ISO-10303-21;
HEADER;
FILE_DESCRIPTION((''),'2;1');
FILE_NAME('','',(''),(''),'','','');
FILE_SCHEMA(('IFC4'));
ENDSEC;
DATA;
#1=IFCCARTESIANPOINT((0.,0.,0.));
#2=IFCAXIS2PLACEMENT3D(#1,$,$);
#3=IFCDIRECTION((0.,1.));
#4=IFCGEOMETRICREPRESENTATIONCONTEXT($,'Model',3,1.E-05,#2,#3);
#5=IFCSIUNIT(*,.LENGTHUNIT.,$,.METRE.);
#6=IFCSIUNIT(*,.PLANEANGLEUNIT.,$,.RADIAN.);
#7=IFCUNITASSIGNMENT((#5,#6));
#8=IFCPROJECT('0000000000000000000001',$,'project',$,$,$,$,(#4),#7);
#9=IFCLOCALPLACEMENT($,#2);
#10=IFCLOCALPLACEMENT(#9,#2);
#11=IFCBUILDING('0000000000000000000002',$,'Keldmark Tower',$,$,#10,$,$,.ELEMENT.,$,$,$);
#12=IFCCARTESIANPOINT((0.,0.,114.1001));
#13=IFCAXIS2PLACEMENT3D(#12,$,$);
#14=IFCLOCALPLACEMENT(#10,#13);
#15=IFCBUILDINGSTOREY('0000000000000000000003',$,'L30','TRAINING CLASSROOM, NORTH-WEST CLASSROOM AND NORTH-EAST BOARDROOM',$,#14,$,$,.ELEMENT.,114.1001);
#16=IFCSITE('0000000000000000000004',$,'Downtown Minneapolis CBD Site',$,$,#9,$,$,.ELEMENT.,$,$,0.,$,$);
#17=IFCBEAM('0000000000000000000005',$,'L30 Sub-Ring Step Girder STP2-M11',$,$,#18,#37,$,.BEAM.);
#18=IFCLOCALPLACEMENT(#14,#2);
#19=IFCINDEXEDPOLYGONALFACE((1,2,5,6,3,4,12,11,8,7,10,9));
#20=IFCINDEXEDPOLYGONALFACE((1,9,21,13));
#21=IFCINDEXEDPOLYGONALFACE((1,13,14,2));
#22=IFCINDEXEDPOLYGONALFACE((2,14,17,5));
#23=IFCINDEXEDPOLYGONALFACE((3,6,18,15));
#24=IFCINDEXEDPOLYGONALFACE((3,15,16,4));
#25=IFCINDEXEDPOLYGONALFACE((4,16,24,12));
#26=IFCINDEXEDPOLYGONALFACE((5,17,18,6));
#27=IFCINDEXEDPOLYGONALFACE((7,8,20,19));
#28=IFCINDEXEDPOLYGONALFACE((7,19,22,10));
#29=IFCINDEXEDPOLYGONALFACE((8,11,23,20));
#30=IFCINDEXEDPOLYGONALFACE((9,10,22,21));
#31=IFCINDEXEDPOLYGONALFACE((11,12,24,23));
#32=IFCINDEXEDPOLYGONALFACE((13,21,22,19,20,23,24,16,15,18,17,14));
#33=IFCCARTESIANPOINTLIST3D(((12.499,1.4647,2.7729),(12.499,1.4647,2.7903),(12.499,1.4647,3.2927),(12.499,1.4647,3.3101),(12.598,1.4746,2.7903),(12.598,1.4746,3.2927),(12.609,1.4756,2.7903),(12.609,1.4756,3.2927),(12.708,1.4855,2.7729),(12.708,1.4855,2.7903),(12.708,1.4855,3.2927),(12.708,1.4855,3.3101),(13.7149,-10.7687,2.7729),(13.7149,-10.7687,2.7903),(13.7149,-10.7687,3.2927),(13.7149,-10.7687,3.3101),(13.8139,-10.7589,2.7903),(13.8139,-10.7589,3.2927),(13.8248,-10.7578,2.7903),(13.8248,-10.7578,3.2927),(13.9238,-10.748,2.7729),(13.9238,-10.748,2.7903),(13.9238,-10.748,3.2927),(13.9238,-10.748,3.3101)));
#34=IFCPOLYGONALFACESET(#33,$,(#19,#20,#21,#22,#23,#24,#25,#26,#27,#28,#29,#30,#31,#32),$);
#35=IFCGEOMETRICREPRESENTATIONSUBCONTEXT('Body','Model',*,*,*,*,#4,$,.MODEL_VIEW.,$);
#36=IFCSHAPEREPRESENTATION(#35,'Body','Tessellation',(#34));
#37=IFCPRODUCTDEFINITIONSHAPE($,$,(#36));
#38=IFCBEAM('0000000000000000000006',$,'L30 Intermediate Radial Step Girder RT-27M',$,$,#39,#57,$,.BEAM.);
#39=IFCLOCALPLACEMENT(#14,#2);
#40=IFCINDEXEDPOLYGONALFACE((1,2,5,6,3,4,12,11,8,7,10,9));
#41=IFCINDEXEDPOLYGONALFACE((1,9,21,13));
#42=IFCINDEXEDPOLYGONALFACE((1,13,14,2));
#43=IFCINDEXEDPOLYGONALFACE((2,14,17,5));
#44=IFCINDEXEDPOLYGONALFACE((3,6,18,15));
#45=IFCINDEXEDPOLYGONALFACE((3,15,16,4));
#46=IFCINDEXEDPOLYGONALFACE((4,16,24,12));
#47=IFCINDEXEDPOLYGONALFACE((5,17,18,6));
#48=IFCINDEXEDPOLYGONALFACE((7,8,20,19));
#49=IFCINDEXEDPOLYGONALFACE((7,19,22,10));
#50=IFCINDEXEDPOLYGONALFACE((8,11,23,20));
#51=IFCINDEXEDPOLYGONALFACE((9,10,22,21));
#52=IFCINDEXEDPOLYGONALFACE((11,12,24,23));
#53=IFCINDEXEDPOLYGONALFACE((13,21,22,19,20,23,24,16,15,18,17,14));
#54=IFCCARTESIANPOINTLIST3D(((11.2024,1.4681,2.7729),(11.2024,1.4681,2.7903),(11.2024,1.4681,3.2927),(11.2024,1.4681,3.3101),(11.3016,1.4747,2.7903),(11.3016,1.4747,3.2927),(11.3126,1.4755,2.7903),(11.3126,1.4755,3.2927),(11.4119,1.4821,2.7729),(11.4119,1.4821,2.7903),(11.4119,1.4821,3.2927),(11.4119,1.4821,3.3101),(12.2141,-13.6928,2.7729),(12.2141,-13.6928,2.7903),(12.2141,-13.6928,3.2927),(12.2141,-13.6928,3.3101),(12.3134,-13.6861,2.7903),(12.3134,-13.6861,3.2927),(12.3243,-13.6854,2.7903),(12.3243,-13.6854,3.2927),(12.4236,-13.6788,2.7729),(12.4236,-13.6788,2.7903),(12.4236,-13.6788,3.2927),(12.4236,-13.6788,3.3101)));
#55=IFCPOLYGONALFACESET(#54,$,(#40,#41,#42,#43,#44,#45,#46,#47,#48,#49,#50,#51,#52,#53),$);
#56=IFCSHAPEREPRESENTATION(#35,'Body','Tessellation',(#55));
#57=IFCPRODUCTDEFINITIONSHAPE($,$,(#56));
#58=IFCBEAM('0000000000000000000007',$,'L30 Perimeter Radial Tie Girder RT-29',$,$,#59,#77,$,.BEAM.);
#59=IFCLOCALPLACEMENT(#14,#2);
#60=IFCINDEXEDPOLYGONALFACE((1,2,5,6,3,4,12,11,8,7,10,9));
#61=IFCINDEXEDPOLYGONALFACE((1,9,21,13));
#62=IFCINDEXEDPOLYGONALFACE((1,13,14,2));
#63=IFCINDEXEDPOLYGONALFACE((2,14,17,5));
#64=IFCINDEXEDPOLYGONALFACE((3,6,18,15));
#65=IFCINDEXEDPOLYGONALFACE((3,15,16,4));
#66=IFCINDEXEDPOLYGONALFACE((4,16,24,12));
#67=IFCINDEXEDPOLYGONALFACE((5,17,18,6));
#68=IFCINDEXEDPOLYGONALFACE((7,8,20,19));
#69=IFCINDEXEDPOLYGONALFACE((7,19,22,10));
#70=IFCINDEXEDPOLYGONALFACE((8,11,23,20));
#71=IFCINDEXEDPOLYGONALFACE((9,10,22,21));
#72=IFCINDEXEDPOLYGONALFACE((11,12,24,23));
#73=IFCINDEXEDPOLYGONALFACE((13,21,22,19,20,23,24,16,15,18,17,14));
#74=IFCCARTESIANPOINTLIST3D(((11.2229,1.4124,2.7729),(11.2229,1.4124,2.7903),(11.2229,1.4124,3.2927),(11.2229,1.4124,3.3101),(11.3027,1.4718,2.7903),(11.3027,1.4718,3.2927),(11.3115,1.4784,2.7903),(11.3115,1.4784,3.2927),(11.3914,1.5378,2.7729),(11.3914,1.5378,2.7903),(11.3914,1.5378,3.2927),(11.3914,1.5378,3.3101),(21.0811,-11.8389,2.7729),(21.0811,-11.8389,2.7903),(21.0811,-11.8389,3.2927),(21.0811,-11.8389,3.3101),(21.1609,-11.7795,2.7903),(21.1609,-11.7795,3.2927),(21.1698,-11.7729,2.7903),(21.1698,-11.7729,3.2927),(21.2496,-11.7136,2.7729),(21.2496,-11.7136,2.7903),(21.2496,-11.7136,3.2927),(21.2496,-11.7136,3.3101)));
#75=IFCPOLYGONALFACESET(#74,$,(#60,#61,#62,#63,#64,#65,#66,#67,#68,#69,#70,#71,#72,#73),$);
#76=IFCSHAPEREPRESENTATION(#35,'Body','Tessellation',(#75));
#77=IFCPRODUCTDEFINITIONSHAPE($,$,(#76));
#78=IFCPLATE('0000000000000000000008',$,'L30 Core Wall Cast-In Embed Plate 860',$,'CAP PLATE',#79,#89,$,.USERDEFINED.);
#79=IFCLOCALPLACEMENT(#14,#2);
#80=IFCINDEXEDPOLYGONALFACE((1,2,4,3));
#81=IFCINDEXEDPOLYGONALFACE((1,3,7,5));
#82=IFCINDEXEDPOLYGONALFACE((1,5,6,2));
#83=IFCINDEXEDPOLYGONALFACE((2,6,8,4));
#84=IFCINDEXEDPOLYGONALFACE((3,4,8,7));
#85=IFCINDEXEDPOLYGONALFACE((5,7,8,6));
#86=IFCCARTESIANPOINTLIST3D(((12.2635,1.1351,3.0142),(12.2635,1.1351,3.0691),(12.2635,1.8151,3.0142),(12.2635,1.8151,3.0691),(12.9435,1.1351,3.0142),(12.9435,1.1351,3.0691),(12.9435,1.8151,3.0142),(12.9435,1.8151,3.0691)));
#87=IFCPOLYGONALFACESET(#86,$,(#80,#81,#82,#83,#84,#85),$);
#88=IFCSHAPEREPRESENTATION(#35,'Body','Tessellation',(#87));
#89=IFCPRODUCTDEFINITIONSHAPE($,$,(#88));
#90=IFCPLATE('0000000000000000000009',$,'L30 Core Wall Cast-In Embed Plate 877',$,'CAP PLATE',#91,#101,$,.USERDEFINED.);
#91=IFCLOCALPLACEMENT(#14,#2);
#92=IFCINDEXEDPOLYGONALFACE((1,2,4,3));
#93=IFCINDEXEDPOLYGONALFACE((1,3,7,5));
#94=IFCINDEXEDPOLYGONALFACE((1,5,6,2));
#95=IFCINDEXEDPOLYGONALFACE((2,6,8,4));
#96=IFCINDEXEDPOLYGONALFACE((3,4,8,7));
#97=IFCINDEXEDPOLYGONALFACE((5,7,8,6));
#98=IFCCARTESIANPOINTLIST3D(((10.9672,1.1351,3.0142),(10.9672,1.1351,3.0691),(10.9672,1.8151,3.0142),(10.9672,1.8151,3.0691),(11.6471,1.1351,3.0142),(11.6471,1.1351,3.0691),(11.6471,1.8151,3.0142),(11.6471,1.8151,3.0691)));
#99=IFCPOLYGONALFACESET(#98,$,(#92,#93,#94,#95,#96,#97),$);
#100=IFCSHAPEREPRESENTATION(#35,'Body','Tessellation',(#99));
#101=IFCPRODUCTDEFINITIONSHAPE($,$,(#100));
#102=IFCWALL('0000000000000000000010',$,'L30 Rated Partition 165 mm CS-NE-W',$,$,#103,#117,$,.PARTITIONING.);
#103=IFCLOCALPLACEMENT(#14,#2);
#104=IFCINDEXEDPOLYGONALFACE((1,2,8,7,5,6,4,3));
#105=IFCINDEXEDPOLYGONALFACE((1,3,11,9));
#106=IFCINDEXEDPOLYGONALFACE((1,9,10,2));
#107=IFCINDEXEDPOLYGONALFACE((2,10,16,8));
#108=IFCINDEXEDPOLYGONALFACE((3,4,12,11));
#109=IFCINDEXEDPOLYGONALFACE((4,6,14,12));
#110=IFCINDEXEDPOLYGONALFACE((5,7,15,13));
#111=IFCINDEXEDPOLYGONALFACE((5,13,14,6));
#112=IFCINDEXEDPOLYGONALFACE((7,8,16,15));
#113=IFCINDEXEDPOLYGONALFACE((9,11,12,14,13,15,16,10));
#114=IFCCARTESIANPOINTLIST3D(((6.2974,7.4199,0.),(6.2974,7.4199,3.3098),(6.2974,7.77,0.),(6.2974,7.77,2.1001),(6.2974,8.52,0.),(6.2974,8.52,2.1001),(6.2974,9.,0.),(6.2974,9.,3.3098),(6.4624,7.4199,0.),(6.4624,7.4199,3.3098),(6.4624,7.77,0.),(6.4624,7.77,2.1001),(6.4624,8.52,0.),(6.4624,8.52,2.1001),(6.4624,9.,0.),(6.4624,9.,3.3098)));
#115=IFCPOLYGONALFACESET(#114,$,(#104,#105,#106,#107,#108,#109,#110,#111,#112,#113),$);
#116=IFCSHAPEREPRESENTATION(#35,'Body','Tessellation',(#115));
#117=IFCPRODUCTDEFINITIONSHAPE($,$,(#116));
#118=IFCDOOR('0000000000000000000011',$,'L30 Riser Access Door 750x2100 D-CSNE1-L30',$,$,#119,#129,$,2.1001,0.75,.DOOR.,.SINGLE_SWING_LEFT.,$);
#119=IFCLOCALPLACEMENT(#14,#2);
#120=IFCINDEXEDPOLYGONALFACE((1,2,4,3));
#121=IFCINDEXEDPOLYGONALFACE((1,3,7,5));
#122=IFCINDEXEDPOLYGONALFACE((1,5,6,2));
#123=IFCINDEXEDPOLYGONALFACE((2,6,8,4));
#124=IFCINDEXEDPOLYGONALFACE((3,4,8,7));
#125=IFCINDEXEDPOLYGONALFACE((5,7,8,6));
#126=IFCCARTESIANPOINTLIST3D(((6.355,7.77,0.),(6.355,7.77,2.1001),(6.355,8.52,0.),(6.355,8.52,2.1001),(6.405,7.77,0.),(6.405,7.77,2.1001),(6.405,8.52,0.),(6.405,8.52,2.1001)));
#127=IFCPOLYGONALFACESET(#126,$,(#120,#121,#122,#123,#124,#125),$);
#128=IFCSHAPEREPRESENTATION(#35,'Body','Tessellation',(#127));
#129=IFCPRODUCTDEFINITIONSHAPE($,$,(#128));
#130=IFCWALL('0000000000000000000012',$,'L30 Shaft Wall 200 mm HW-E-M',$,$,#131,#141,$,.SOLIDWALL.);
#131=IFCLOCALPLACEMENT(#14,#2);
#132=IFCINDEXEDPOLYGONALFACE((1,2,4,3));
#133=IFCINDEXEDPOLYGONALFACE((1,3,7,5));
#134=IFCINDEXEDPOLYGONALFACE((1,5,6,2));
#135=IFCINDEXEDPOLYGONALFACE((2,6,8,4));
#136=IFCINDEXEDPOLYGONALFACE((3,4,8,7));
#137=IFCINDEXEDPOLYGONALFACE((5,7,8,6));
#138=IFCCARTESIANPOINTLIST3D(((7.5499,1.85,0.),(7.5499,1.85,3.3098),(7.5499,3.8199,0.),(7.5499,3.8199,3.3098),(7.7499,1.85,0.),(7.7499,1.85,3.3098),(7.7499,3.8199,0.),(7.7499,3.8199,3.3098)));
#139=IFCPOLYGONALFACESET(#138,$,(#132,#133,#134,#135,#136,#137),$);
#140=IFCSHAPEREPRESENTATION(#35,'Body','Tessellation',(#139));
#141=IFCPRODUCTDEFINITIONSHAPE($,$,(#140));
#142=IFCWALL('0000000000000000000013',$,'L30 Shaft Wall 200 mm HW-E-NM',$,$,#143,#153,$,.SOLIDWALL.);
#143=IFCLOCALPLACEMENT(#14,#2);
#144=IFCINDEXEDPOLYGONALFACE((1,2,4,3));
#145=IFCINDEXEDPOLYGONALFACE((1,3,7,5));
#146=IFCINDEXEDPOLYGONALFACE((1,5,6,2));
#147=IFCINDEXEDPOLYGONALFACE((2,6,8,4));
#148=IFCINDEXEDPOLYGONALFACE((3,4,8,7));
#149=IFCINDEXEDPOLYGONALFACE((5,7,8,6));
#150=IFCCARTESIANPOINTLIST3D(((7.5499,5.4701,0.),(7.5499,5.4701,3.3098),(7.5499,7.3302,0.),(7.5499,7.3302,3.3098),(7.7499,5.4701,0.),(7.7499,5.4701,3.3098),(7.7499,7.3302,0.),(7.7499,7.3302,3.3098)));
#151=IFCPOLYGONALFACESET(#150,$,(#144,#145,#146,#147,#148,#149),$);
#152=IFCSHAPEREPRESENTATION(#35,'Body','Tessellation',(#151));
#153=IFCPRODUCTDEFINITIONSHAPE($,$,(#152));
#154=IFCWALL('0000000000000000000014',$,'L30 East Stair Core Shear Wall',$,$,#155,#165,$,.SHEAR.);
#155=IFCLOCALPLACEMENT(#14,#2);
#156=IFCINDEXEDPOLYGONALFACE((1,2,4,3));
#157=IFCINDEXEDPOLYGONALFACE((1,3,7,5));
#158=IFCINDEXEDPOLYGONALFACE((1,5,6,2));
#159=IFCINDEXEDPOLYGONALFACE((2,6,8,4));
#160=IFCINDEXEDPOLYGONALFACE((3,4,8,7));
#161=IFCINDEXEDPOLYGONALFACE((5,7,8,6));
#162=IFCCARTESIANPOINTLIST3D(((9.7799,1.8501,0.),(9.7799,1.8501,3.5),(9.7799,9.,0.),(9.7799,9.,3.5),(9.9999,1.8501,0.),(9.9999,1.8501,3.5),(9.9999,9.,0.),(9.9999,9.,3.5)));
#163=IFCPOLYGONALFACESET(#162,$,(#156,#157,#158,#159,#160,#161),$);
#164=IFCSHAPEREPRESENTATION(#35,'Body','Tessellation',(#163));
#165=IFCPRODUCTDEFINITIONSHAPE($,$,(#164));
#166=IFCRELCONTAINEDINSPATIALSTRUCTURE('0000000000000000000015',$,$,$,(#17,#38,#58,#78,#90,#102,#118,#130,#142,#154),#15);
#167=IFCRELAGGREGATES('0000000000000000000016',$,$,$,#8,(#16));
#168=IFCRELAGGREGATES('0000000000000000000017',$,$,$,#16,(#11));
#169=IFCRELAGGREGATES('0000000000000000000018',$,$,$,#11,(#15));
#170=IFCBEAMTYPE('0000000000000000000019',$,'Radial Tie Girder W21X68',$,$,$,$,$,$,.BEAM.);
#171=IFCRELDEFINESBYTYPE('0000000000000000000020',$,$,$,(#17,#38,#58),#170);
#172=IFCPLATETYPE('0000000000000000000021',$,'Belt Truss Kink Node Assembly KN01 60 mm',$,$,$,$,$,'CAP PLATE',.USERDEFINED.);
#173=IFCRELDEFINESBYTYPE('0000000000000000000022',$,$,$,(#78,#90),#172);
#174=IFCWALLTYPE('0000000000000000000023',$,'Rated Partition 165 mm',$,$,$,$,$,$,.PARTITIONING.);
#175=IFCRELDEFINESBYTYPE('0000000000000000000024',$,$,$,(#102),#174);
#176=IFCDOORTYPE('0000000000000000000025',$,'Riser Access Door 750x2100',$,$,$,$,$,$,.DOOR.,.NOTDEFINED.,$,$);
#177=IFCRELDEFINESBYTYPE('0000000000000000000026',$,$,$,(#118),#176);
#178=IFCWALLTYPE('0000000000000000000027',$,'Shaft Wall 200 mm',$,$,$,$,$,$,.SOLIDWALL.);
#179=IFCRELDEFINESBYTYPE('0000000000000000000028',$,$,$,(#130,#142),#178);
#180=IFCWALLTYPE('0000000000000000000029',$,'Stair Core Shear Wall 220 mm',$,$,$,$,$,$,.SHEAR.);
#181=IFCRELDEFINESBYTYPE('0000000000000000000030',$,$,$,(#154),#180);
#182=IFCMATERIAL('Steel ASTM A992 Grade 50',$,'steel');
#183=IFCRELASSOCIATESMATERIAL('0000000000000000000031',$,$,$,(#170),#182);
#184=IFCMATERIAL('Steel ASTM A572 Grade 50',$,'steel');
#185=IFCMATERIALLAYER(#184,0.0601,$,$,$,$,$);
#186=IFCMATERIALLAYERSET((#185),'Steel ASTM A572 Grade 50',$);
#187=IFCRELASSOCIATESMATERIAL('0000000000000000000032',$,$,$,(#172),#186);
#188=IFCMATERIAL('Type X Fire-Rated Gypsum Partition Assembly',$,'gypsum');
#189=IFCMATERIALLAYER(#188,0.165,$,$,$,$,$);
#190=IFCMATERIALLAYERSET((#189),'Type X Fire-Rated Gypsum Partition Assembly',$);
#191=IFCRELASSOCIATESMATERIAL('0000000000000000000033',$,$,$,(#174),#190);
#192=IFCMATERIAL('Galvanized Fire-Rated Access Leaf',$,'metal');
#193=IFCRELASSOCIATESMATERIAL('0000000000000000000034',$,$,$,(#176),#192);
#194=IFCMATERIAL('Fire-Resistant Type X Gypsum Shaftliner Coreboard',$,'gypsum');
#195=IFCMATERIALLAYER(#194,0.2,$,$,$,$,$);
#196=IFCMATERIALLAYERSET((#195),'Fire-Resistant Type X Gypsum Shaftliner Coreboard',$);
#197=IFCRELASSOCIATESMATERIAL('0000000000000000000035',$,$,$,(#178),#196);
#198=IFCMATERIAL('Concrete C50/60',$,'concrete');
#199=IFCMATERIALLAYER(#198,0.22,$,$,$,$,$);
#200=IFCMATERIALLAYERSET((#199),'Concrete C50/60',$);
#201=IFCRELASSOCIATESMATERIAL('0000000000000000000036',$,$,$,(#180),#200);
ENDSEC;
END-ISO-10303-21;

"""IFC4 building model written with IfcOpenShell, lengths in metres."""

from ifc_helpers import new_model, si_unit, direction, frame, frame_2d, origin, origin_2d, place, context, subcontext, project, spatial, rectangle, i_section, extrude, material, layer, layer_set, material_profile, profile_set, type_object, element, fill, save


model = new_model("IFC4")

# Units and contexts
model_context = context("Model", 3, precision=1e-05, world=origin(), true_north=direction((0.0, 1.0)))
body_context = subcontext(model_context, "Body", "Model", "MODEL_VIEW")
ifc_project = project(units=[si_unit("LENGTHUNIT", "METRE"), si_unit("PLANEANGLEUNIT", "RADIAN")], contexts=[model_context])

# Site, building, storey
site_placement = place(None, origin())
site = spatial("IfcSite", under=ifc_project, at=site_placement, Name="Downtown Minneapolis CBD Site", CompositionType="ELEMENT", RefElevation=0.0)
building_placement = place(site_placement, origin())
building = spatial("IfcBuilding", under=site, at=building_placement, Name="Keldmark Tower", CompositionType="ELEMENT")
storey_placement = place(building_placement, frame((0.0, 0.0, 114.1001)))
storey = spatial("IfcBuildingStorey", under=building, at=storey_placement, Name="L30", Description="TRAINING CLASSROOM, NORTH-WEST CLASSROOM AND NORTH-EAST BOARDROOM", CompositionType="ELEMENT", Elevation=114.1001)

# Beams
ifc_material_1 = material(Name="Steel ASTM A992 Grade 50", Category="steel")
ifc_material_profile = material_profile(ifc_material_1, i_section(OverallWidth=0.21, OverallDepth=0.5371, WebThickness=0.011, FlangeThickness=0.0173, at=origin_2d()), Name="W21X68")
ifc_profile_set = profile_set([ifc_material_profile], Name="Steel ASTM A992 Grade 50")
beam_type = type_object("IfcBeamType", Name="Radial Tie Girder W21X68", PredefinedType="BEAM", material=ifc_profile_set)
beam_1_placement = place(storey_placement, frame((12.6035, 1.4751, 3.0415), z_axis=(0.098898, -0.995098, 0.0), x_axis=(0.995098, 0.098898, 0.0)))
element("IfcBeam", 1, at=beam_1_placement, inside=storey, type_object=beam_type, Name="L30 Sub-Ring Step Girder STP2-M11", PredefinedType="BEAM", context=body_context, shape_type="SweptSolid", body=[
    extrude(i_section(OverallWidth=0.21, OverallDepth=0.5371, WebThickness=0.011, FlangeThickness=0.0173, at=origin_2d()), origin(), (0.0, 0.0, 1.0), 12.2937),
])
beam_2_placement = place(storey_placement, frame((11.3071, 1.4751, 3.0415), z_axis=(0.066584, -0.997781, 0.0), x_axis=(0.997781, 0.066584, 0.0)))
element("IfcBeam", 2, at=beam_2_placement, inside=storey, type_object=beam_type, Name="L30 Intermediate Radial Step Girder RT-27M", PredefinedType="BEAM", context=body_context, shape_type="SweptSolid", body=[
    extrude(i_section(OverallWidth=0.21, OverallDepth=0.5371, WebThickness=0.011, FlangeThickness=0.0173, at=origin_2d()), origin(), (0.0, 0.0, 1.0), 15.1946),
])
beam_3_placement = place(storey_placement, frame((11.3071, 1.4751, 3.0415), z_axis=(0.596885, -0.802327, 0.0), x_axis=(0.802327, 0.596885, 0.0)))
element("IfcBeam", 3, at=beam_3_placement, inside=storey, type_object=beam_type, Name="L30 Perimeter Radial Tie Girder RT-29", PredefinedType="BEAM", context=body_context, shape_type="SweptSolid", body=[
    extrude(i_section(OverallWidth=0.21, OverallDepth=0.5371, WebThickness=0.011, FlangeThickness=0.0173, at=origin_2d()), origin(), (0.0, 0.0, 1.0), 16.5161),
])

# Plates
ifc_material_2 = material(Name="Steel ASTM A572 Grade 50", Category="steel")
ifc_layer_1 = layer(ifc_material_2, 0.0601)
ifc_layer_set_1 = layer_set([ifc_layer_1], Name="Steel ASTM A572 Grade 50")
plate_type = type_object("IfcPlateType", Name="Belt Truss Kink Node Assembly KN01 60 mm", ElementType="CAP PLATE", PredefinedType="USERDEFINED", material=ifc_layer_set_1)
for number, where, z_axis, x_axis, name in (
    (4, (12.6035, 1.4751, 3.0142), (0.0, 0.0, 1.0), (1.0, 0.0, 0.0), "L30 Core Wall Cast-In Embed Plate 860"),
    (5, (11.3071, 1.4751, 3.0142), (0.0, 0.0, 1.0), (1.0, 0.0, 0.0), "L30 Core Wall Cast-In Embed Plate 877"),
):
    element("IfcPlate", number, at=place(storey_placement, frame(where, z_axis=z_axis, x_axis=x_axis)), inside=storey, type_object=plate_type, Name=name, ObjectType="CAP PLATE", PredefinedType="USERDEFINED", context=body_context, shape_type="SweptSolid", body=[
        extrude(rectangle(XDim=0.6799, YDim=0.6799, at=origin_2d()), origin(), (0.0, 0.0, 1.0), 0.0549),
    ])

# Wall, opening, door
ifc_material_3 = material(Name="Type X Fire-Rated Gypsum Partition Assembly", Category="gypsum")
ifc_layer_2 = layer(ifc_material_3, 0.165)
ifc_layer_set_2 = layer_set([ifc_layer_2], Name="Type X Fire-Rated Gypsum Partition Assembly")
wall_type_1 = type_object("IfcWallType", Name="Rated Partition 165 mm", PredefinedType="PARTITIONING", material=ifc_layer_set_2)
wall_1_placement = place(storey_placement, frame((6.3799, 7.4199, 0.0), z_axis=(0.0, 0.0, 1.0), x_axis=(0.0, 1.0, 0.0)))
wall_1 = element("IfcWall", 6, at=wall_1_placement, inside=storey, type_object=wall_type_1, Name="L30 Rated Partition 165 mm CS-NE-W", PredefinedType="PARTITIONING", context=body_context, shape_type="SweptSolid", body=[
    extrude(rectangle(XDim=1.5801, YDim=0.165, at=frame_2d((0.79, 0.0))), origin(), (0.0, 0.0, 1.0), 3.3098),
])
opening_placement = place(wall_1_placement, frame((0.3501, 0.0, 0.0)))
opening = element("IfcOpeningElement", 7, at=opening_placement, cuts=wall_1, PredefinedType="OPENING", context=body_context, shape_type="SweptSolid", body=[
    extrude(rectangle(XDim=0.75, YDim=2.1001, at=frame_2d((0.375, 1.05))), frame((0.0, 0.0925, 0.0), z_axis=(0.0, -1.0, 0.0), x_axis=(1.0, 0.0, 0.0)), (0.0, 0.0, 1.0), 0.1851),
])
ifc_material_4 = material(Name="Galvanized Fire-Rated Access Leaf", Category="metal")
door_type = type_object("IfcDoorType", Name="Riser Access Door 750x2100", OperationType="NOTDEFINED", PredefinedType="DOOR", material=ifc_material_4)
door_placement = place(opening_placement, origin())
door = element("IfcDoor", 8, at=door_placement, inside=storey, type_object=door_type, Name="L30 Riser Access Door 750x2100 D-CSNE1-L30", OperationType="SINGLE_SWING_LEFT", OverallHeight=2.1001, OverallWidth=0.75, PredefinedType="DOOR", context=body_context, shape_type="SweptSolid", body=[
    extrude(rectangle(XDim=0.75, YDim=2.1001, at=frame_2d((0.375, 1.05))), frame((0.0, 0.0249, 0.0), z_axis=(0.0, -1.0, 0.0), x_axis=(1.0, 0.0, 0.0)), (0.0, 0.0, 1.0), 0.05),
])
fill(opening, door)

# Walls
ifc_material_5 = material(Name="Fire-Resistant Type X Gypsum Shaftliner Coreboard", Category="gypsum")
ifc_layer_3 = layer(ifc_material_5, 0.2)
ifc_layer_set_3 = layer_set([ifc_layer_3], Name="Fire-Resistant Type X Gypsum Shaftliner Coreboard")
wall_type_2 = type_object("IfcWallType", Name="Shaft Wall 200 mm", PredefinedType="SOLIDWALL", material=ifc_layer_set_3)
wall_2_placement = place(storey_placement, frame((7.6499, 1.8501, 0.0), z_axis=(0.0, 0.0, 1.0), x_axis=(0.0, 1.0, 0.0)))
element("IfcWall", 9, at=wall_2_placement, inside=storey, type_object=wall_type_2, Name="L30 Shaft Wall 200 mm HW-E-M", PredefinedType="SOLIDWALL", context=body_context, shape_type="SweptSolid", body=[
    extrude(rectangle(XDim=1.97, YDim=0.2, at=frame_2d((0.9849, 0.0))), origin(), (0.0, 0.0, 1.0), 3.3098),
])
wall_3_placement = place(storey_placement, frame((7.6499, 5.47, 0.0), z_axis=(0.0, 0.0, 1.0), x_axis=(0.0, 1.0, 0.0)))
element("IfcWall", 10, at=wall_3_placement, inside=storey, type_object=wall_type_2, Name="L30 Shaft Wall 200 mm HW-E-NM", PredefinedType="SOLIDWALL", context=body_context, shape_type="SweptSolid", body=[
    extrude(rectangle(XDim=1.8601, YDim=0.2, at=frame_2d((0.9302, 0.0))), origin(), (0.0, 0.0, 1.0), 3.3098),
])
ifc_material_6 = material(Name="Concrete C50/60", Category="concrete")
ifc_layer_4 = layer(ifc_material_6, 0.22)
ifc_layer_set_4 = layer_set([ifc_layer_4], Name="Concrete C50/60")
wall_type_3 = type_object("IfcWallType", Name="Stair Core Shear Wall 220 mm", PredefinedType="SHEAR", material=ifc_layer_set_4)
wall_4_placement = place(storey_placement, frame((9.8899, 1.8501, 0.0), z_axis=(0.0, 0.0, 1.0), x_axis=(0.0, 1.0, 0.0)))
element("IfcWall", 11, at=wall_4_placement, inside=storey, type_object=wall_type_3, Name="L30 East Stair Core Shear Wall", PredefinedType="SHEAR", context=body_context, shape_type="SweptSolid", body=[
    extrude(rectangle(XDim=7.1499, YDim=0.22, at=frame_2d((3.575, 0.0))), origin(), (0.0, 0.0, 1.0), 3.5),
])

save(model, "model.ifc")
